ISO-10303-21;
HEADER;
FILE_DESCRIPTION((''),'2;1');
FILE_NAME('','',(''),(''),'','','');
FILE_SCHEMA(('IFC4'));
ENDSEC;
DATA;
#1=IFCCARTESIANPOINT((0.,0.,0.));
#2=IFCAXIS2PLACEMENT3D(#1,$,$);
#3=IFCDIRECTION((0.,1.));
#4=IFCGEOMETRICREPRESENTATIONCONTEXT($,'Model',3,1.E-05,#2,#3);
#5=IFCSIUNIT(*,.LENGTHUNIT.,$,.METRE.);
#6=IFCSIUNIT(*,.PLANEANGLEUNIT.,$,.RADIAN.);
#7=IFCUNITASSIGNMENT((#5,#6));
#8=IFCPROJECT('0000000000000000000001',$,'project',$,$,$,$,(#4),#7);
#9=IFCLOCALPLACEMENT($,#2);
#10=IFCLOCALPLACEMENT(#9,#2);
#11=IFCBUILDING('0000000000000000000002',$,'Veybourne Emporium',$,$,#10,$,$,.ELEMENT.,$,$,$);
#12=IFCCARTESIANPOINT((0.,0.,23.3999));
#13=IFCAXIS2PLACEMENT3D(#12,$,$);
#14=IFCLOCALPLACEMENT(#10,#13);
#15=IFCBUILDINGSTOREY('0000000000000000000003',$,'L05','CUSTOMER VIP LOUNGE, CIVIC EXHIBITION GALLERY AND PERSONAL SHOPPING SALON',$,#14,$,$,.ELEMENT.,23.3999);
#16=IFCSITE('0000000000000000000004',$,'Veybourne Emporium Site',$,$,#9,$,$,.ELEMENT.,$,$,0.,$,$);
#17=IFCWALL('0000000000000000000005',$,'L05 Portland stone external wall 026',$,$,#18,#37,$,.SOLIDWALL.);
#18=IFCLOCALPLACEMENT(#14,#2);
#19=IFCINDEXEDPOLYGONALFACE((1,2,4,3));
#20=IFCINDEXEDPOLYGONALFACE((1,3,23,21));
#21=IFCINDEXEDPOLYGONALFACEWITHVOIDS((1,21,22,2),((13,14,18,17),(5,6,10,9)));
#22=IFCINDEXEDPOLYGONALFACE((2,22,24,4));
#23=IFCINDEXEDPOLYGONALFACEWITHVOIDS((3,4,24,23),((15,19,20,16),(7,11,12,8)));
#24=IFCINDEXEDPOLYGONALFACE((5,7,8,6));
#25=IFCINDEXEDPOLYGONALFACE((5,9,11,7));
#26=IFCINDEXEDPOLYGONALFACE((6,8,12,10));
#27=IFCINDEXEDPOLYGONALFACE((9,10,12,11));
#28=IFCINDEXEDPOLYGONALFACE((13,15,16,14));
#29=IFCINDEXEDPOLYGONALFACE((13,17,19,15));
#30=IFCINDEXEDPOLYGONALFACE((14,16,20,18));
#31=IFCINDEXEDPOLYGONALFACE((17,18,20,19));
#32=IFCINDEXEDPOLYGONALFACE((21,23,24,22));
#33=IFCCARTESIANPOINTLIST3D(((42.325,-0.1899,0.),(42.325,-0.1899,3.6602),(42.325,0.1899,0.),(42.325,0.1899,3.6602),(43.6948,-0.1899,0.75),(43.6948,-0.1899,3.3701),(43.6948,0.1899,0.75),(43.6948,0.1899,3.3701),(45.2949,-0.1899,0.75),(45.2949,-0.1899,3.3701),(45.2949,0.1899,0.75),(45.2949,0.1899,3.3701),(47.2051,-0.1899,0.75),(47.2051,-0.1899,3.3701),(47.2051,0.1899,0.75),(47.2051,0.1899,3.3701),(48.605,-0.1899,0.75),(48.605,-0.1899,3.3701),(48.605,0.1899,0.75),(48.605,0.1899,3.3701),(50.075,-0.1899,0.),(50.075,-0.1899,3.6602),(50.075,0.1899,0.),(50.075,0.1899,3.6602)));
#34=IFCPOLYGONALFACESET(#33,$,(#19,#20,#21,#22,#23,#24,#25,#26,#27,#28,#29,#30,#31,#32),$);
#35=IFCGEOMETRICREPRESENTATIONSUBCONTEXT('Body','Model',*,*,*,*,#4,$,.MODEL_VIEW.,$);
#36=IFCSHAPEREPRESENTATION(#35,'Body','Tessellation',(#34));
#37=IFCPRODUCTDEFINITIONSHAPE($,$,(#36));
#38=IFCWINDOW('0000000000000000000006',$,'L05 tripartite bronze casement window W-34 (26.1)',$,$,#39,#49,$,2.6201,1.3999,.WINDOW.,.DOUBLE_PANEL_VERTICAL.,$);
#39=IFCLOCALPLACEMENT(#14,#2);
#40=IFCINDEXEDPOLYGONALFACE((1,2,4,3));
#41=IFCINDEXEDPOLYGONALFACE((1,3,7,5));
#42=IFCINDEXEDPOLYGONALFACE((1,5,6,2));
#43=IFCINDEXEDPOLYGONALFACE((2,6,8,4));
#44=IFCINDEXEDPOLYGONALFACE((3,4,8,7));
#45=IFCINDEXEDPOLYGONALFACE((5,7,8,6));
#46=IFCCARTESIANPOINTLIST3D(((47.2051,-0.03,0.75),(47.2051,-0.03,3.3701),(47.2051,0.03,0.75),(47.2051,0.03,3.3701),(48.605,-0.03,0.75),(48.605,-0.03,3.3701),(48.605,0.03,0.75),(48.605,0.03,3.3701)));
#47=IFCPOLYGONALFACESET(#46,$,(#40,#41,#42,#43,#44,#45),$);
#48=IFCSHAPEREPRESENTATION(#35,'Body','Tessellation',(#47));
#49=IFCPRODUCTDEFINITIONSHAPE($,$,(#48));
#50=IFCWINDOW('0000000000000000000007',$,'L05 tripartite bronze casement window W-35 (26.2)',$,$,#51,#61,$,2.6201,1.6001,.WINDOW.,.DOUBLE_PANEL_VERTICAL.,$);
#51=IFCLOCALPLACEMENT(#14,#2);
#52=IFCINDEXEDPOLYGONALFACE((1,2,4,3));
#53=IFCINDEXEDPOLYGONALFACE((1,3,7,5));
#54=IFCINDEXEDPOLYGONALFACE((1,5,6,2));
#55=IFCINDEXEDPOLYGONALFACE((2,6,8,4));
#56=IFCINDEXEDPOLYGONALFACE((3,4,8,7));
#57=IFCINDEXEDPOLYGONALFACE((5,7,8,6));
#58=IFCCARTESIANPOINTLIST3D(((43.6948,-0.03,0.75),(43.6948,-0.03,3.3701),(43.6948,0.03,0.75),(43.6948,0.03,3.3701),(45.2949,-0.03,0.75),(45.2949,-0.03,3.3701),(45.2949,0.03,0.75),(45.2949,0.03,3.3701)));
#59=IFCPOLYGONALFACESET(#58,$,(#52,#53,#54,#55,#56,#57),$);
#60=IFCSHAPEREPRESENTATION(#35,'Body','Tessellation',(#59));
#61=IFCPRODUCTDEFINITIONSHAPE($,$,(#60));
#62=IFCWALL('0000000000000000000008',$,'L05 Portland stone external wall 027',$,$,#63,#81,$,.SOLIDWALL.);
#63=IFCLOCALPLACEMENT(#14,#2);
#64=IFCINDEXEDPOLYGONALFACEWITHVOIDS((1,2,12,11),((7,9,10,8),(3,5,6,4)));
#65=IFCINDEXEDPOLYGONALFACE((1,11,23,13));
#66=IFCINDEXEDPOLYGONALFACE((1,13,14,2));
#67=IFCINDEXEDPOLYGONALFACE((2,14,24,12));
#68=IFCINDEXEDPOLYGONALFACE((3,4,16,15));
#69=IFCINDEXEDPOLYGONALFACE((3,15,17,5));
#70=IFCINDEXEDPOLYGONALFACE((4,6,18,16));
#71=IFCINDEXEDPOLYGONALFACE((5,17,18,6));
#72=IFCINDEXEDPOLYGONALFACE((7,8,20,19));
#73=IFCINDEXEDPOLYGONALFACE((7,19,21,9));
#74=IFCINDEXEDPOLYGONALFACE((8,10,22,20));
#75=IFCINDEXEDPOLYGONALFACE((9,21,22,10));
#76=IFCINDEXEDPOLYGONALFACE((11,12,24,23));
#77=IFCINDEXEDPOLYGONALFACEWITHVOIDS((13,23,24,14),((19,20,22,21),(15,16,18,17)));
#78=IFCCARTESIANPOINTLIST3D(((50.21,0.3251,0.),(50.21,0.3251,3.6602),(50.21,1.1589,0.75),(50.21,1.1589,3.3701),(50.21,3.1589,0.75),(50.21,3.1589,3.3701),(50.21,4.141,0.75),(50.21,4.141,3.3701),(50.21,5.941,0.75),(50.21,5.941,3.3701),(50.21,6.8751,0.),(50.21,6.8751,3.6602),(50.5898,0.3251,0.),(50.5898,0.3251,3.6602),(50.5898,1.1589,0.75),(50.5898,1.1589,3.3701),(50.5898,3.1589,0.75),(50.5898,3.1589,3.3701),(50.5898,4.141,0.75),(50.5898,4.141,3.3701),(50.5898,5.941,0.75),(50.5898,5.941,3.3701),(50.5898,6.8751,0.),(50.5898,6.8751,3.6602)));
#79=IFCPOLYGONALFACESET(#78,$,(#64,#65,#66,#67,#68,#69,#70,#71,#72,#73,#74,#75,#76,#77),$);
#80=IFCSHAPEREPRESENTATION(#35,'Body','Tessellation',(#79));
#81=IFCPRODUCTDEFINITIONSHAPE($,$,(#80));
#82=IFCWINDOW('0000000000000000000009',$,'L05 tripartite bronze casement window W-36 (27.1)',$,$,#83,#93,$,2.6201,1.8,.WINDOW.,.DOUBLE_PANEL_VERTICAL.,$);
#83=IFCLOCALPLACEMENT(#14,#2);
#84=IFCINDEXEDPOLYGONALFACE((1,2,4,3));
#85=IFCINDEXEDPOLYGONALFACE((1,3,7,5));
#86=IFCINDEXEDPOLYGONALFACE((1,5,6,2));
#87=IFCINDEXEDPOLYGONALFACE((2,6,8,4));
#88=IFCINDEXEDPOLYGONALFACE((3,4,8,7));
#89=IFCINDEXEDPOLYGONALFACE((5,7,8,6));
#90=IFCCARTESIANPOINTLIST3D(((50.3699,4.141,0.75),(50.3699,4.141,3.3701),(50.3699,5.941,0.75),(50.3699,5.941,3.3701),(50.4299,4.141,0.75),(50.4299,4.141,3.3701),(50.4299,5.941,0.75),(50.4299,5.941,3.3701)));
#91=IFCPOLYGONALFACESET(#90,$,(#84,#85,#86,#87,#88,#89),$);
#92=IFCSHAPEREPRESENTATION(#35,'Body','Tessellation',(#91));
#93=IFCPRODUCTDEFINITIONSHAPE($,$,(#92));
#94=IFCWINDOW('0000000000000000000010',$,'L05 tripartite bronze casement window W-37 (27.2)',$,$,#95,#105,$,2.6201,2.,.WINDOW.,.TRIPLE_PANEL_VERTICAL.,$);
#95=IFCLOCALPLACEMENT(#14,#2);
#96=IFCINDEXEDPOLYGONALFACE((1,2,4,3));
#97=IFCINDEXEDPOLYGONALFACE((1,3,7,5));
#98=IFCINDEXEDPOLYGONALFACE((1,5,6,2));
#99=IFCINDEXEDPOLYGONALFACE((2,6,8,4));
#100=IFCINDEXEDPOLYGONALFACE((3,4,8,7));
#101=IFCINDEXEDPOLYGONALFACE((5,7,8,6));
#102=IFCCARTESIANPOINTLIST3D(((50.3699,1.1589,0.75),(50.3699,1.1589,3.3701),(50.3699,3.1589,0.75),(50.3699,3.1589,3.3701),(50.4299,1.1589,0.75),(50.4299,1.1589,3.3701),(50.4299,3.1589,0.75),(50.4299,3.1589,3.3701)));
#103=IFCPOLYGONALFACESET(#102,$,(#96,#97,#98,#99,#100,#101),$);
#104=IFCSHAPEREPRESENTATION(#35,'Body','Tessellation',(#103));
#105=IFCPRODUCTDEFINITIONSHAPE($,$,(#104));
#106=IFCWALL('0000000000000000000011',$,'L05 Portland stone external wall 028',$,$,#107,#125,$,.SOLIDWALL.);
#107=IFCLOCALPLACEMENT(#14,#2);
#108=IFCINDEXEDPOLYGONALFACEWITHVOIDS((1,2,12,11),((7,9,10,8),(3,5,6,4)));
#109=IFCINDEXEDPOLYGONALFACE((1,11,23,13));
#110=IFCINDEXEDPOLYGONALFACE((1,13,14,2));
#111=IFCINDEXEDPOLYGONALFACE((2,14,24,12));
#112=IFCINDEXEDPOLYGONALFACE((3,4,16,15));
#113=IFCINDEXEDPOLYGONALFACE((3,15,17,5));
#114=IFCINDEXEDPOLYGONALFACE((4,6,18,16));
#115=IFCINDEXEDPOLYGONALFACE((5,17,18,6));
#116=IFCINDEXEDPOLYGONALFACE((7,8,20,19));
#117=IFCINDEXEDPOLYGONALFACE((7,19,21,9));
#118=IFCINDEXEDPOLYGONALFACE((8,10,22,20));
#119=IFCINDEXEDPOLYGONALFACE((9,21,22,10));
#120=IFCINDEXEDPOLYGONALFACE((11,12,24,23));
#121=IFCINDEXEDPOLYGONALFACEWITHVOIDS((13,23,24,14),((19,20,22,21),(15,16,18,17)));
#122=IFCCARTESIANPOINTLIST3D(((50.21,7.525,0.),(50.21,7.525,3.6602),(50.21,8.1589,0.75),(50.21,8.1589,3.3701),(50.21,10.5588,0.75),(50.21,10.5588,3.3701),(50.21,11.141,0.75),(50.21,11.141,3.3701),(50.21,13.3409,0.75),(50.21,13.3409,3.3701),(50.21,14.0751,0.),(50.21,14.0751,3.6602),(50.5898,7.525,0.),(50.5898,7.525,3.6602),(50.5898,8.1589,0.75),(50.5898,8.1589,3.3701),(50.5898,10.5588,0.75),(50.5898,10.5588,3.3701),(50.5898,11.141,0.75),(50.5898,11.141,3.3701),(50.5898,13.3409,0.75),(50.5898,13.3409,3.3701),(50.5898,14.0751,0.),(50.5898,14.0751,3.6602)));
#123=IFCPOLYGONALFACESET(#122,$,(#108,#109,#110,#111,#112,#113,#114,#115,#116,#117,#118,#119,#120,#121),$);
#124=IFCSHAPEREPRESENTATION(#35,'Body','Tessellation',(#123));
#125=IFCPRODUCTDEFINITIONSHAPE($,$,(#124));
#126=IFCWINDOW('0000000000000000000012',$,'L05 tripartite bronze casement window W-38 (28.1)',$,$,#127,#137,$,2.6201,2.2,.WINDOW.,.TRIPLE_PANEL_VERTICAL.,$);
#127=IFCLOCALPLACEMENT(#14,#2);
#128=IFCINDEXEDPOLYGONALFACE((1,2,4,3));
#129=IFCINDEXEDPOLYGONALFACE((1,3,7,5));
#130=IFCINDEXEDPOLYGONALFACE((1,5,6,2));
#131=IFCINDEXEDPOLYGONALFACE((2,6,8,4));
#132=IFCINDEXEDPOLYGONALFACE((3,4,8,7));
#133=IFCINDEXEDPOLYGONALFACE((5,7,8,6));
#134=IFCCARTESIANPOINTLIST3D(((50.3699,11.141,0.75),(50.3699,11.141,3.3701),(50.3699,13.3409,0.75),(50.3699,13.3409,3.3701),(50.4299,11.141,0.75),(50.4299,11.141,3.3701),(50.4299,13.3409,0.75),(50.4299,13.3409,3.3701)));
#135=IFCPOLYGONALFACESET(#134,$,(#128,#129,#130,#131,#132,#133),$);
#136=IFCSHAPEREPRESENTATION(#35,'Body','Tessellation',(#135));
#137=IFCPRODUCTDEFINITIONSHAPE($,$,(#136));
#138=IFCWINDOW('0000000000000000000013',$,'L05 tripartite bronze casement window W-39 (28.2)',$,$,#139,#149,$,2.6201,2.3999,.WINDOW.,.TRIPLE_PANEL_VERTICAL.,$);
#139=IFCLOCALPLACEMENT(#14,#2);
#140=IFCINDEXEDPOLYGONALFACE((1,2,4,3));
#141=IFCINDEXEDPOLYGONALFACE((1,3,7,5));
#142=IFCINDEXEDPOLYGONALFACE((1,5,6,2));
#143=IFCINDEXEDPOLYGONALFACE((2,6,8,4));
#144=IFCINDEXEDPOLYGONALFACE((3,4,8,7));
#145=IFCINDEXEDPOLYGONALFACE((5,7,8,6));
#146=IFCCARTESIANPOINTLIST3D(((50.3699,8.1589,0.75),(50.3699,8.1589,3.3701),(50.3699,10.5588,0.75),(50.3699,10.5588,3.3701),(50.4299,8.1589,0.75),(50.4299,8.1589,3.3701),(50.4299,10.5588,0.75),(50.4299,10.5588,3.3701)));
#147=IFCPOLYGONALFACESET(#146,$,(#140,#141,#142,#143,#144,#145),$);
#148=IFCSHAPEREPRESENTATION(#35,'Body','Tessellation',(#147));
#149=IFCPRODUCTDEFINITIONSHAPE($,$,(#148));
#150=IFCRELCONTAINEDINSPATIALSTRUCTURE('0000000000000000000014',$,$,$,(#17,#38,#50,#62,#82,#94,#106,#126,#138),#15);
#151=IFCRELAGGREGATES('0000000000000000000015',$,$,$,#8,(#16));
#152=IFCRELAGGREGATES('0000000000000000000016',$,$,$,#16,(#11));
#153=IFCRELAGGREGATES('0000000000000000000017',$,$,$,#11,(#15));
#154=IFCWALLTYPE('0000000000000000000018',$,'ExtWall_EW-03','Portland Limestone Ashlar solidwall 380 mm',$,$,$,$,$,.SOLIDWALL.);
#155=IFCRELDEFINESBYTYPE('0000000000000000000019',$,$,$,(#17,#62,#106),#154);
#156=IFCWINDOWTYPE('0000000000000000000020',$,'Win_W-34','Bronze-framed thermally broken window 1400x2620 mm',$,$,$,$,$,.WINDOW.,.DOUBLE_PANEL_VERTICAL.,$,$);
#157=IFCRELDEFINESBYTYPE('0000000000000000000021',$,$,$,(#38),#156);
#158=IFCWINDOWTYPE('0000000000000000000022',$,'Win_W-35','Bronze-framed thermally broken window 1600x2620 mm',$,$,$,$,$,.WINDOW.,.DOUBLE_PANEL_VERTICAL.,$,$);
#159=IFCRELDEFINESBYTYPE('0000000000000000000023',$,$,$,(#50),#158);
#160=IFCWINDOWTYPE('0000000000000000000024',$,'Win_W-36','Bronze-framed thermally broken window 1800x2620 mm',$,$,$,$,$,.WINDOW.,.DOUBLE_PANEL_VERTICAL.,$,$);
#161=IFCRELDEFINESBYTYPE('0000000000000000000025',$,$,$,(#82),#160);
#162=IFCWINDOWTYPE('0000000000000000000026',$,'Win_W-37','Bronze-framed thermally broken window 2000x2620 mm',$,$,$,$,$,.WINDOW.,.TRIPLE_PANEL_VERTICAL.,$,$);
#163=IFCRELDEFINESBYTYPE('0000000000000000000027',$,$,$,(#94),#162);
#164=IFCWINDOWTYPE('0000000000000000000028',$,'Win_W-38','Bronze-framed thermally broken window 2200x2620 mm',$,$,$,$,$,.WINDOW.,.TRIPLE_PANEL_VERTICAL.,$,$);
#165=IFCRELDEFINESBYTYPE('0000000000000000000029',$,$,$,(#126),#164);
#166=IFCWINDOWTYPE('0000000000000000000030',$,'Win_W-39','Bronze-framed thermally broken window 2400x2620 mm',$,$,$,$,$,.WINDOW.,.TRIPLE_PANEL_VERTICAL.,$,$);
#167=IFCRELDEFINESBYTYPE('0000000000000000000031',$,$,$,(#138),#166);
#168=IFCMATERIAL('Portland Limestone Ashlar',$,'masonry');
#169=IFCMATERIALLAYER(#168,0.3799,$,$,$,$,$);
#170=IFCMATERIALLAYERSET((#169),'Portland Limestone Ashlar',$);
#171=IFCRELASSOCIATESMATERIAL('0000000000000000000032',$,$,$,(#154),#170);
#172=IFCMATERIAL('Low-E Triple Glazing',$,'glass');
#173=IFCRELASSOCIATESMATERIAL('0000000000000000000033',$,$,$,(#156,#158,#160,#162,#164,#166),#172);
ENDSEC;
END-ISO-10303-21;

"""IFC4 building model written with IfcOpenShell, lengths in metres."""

from ifc_helpers import new_model, si_unit, direction, frame, frame_2d, origin, place, context, subcontext, project, spatial, rectangle, extrude, material, layer, layer_set, type_object, element, fill, save


model = new_model("IFC4")

# Units and contexts
model_context = context("Model", 3, precision=1e-05, world=origin(), true_north=direction((0.0, 1.0)))
body_context = subcontext(model_context, "Body", "Model", "MODEL_VIEW")
ifc_project = project(units=[si_unit("LENGTHUNIT", "METRE"), si_unit("PLANEANGLEUNIT", "RADIAN")], contexts=[model_context])

# Site, building, storey
site_placement = place(None, origin())
site = spatial("IfcSite", under=ifc_project, at=site_placement, Name="Veybourne Emporium Site", CompositionType="ELEMENT", RefElevation=0.0)
building_placement = place(site_placement, origin())
building = spatial("IfcBuilding", under=site, at=building_placement, Name="Veybourne Emporium", CompositionType="ELEMENT")
storey_placement = place(building_placement, frame((0.0, 0.0, 23.3999)))
storey = spatial("IfcBuildingStorey", under=building, at=storey_placement, Name="L05", Description="CUSTOMER VIP LOUNGE, CIVIC EXHIBITION GALLERY AND PERSONAL SHOPPING SALON", CompositionType="ELEMENT", Elevation=23.3999)

# Walls, openings, windows
ifc_material_1 = material(Name="Portland Limestone Ashlar", Category="masonry")
ifc_layer_1 = layer(ifc_material_1, 0.3799)
ifc_layer_set_1 = layer_set([ifc_layer_1], Name="Portland Limestone Ashlar")
wall_type = type_object("IfcWallType", Name="ExtWall_EW-03", Description="Portland Limestone Ashlar solidwall 380 mm", PredefinedType="SOLIDWALL", material=ifc_layer_set_1)
ifc_material_2 = material(Name="Low-E Triple Glazing", Category="glass")
wall_1_placement = place(storey_placement, frame((50.075, 0.0, 0.0), z_axis=(0.0, 0.0, 1.0), x_axis=(-1.0, 0.0, 0.0)))
wall_1 = element("IfcWall", 1, at=wall_1_placement, inside=storey, type_object=wall_type, Name="L05 Portland stone external wall 026", PredefinedType="SOLIDWALL", context=body_context, shape_type="SweptSolid", body=[
    extrude(rectangle(XDim=7.75, YDim=0.3799, at=frame_2d((3.875, 0.0))), origin(), (0.0, 0.0, 1.0), 3.6602),
])
opening_1_placement = place(wall_1_placement, frame((1.47, 0.0, 0.75)))
opening_1 = element("IfcOpeningElement", 2, at=opening_1_placement, cuts=wall_1, PredefinedType="OPENING", context=body_context, shape_type="SweptSolid", body=[
    extrude(rectangle(XDim=1.3999, YDim=2.6201, at=frame_2d((0.7, 1.3101))), frame((0.0, 0.21, 0.0), z_axis=(0.0, -1.0, 0.0), x_axis=(1.0, 0.0, 0.0)), (0.0, 0.0, 1.0), 0.4199),
])
opening_2_placement = place(wall_1_placement, frame((4.78, 0.0, 0.75)))
opening_2 = element("IfcOpeningElement", 3, at=opening_2_placement, cuts=wall_1, PredefinedType="OPENING", context=body_context, shape_type="SweptSolid", body=[
    extrude(rectangle(XDim=1.6001, YDim=2.6201, at=frame_2d((0.8, 1.3101))), frame((0.0, 0.21, 0.0), z_axis=(0.0, -1.0, 0.0), x_axis=(1.0, 0.0, 0.0)), (0.0, 0.0, 1.0), 0.4199),
])
window_type_1 = type_object("IfcWindowType", Name="Win_W-34", Description="Bronze-framed thermally broken window 1400x2620 mm", PartitioningType="DOUBLE_PANEL_VERTICAL", PredefinedType="WINDOW", material=ifc_material_2)
window_1_placement = place(opening_1_placement, origin())
window_1 = element("IfcWindow", 4, at=window_1_placement, inside=storey, type_object=window_type_1, Name="L05 tripartite bronze casement window W-34 (26.1)", OverallHeight=2.6201, OverallWidth=1.3999, PartitioningType="DOUBLE_PANEL_VERTICAL", PredefinedType="WINDOW", context=body_context, shape_type="SweptSolid", body=[
    extrude(rectangle(XDim=1.3999, YDim=2.6201, at=frame_2d((0.7, 1.3101))), frame((0.0, 0.03, 0.0), z_axis=(0.0, -1.0, 0.0), x_axis=(1.0, 0.0, 0.0)), (0.0, 0.0, 1.0), 0.0601),
])
fill(opening_1, window_1)
window_type_2 = type_object("IfcWindowType", Name="Win_W-35", Description="Bronze-framed thermally broken window 1600x2620 mm", PartitioningType="DOUBLE_PANEL_VERTICAL", PredefinedType="WINDOW", material=ifc_material_2)
window_2_placement = place(opening_2_placement, origin())
window_2 = element("IfcWindow", 5, at=window_2_placement, inside=storey, type_object=window_type_2, Name="L05 tripartite bronze casement window W-35 (26.2)", OverallHeight=2.6201, OverallWidth=1.6001, PartitioningType="DOUBLE_PANEL_VERTICAL", PredefinedType="WINDOW", context=body_context, shape_type="SweptSolid", body=[
    extrude(rectangle(XDim=1.6001, YDim=2.6201, at=frame_2d((0.8, 1.3101))), frame((0.0, 0.03, 0.0), z_axis=(0.0, -1.0, 0.0), x_axis=(1.0, 0.0, 0.0)), (0.0, 0.0, 1.0), 0.0601),
])
fill(opening_2, window_2)
wall_2_placement = place(storey_placement, frame((50.3999, 6.875, 0.0), z_axis=(0.0, 0.0, 1.0), x_axis=(0.0, -1.0, 0.0)))
wall_2 = element("IfcWall", 6, at=wall_2_placement, inside=storey, type_object=wall_type, Name="L05 Portland stone external wall 027", PredefinedType="SOLIDWALL", context=body_context, shape_type="SweptSolid", body=[
    extrude(rectangle(XDim=6.55, YDim=0.3799, at=frame_2d((3.2749, 0.0))), origin(), (0.0, 0.0, 1.0), 3.6602),
])
opening_3_placement = place(wall_2_placement, frame((0.9341, 0.0, 0.75)))
opening_3 = element("IfcOpeningElement", 7, at=opening_3_placement, cuts=wall_2, PredefinedType="OPENING", context=body_context, shape_type="SweptSolid", body=[
    extrude(rectangle(XDim=1.8, YDim=2.6201, at=frame_2d((0.8999, 1.3101))), frame((0.0, 0.21, 0.0), z_axis=(0.0, -1.0, 0.0), x_axis=(1.0, 0.0, 0.0)), (0.0, 0.0, 1.0), 0.4199),
])
opening_4_placement = place(wall_2_placement, frame((3.7161, 0.0, 0.75)))
opening_4 = element("IfcOpeningElement", 8, at=opening_4_placement, cuts=wall_2, PredefinedType="OPENING", context=body_context, shape_type="SweptSolid", body=[
    extrude(rectangle(XDim=2.0, YDim=2.6201, at=frame_2d((1.0, 1.3101))), frame((0.0, 0.21, 0.0), z_axis=(0.0, -1.0, 0.0), x_axis=(1.0, 0.0, 0.0)), (0.0, 0.0, 1.0), 0.4199),
])
window_type_3 = type_object("IfcWindowType", Name="Win_W-36", Description="Bronze-framed thermally broken window 1800x2620 mm", PartitioningType="DOUBLE_PANEL_VERTICAL", PredefinedType="WINDOW", material=ifc_material_2)
window_3_placement = place(opening_3_placement, origin())
window_3 = element("IfcWindow", 9, at=window_3_placement, inside=storey, type_object=window_type_3, Name="L05 tripartite bronze casement window W-36 (27.1)", OverallHeight=2.6201, OverallWidth=1.8, PartitioningType="DOUBLE_PANEL_VERTICAL", PredefinedType="WINDOW", context=body_context, shape_type="SweptSolid", body=[
    extrude(rectangle(XDim=1.8, YDim=2.6201, at=frame_2d((0.8999, 1.3101))), frame((0.0, 0.03, 0.0), z_axis=(0.0, -1.0, 0.0), x_axis=(1.0, 0.0, 0.0)), (0.0, 0.0, 1.0), 0.0601),
])
fill(opening_3, window_3)
window_type_4 = type_object("IfcWindowType", Name="Win_W-37", Description="Bronze-framed thermally broken window 2000x2620 mm", PartitioningType="TRIPLE_PANEL_VERTICAL", PredefinedType="WINDOW", material=ifc_material_2)
window_4_placement = place(opening_4_placement, origin())
window_4 = element("IfcWindow", 10, at=window_4_placement, inside=storey, type_object=window_type_4, Name="L05 tripartite bronze casement window W-37 (27.2)", OverallHeight=2.6201, OverallWidth=2.0, PartitioningType="TRIPLE_PANEL_VERTICAL", PredefinedType="WINDOW", context=body_context, shape_type="SweptSolid", body=[
    extrude(rectangle(XDim=2.0, YDim=2.6201, at=frame_2d((1.0, 1.3101))), frame((0.0, 0.03, 0.0), z_axis=(0.0, -1.0, 0.0), x_axis=(1.0, 0.0, 0.0)), (0.0, 0.0, 1.0), 0.0601),
])
fill(opening_4, window_4)
wall_3_placement = place(storey_placement, frame((50.3999, 14.075, 0.0), z_axis=(0.0, 0.0, 1.0), x_axis=(0.0, -1.0, 0.0)))
wall_3 = element("IfcWall", 11, at=wall_3_placement, inside=storey, type_object=wall_type, Name="L05 Portland stone external wall 028", PredefinedType="SOLIDWALL", context=body_context, shape_type="SweptSolid", body=[
    extrude(rectangle(XDim=6.55, YDim=0.3799, at=frame_2d((3.2749, 0.0))), origin(), (0.0, 0.0, 1.0), 3.6602),
])
opening_5_placement = place(wall_3_placement, frame((0.7339, 0.0, 0.75)))
opening_5 = element("IfcOpeningElement", 12, at=opening_5_placement, cuts=wall_3, PredefinedType="OPENING", context=body_context, shape_type="SweptSolid", body=[
    extrude(rectangle(XDim=2.2, YDim=2.6201, at=frame_2d((1.1001, 1.3101))), frame((0.0, 0.21, 0.0), z_axis=(0.0, -1.0, 0.0), x_axis=(1.0, 0.0, 0.0)), (0.0, 0.0, 1.0), 0.4199),
])
opening_6_placement = place(wall_3_placement, frame((3.5161, 0.0, 0.75)))
opening_6 = element("IfcOpeningElement", 13, at=opening_6_placement, cuts=wall_3, PredefinedType="OPENING", context=body_context, shape_type="SweptSolid", body=[
    extrude(rectangle(XDim=2.3999, YDim=2.6201, at=frame_2d((1.2, 1.3101))), frame((0.0, 0.21, 0.0), z_axis=(0.0, -1.0, 0.0), x_axis=(1.0, 0.0, 0.0)), (0.0, 0.0, 1.0), 0.4199),
])
window_type_5 = type_object("IfcWindowType", Name="Win_W-38", Description="Bronze-framed thermally broken window 2200x2620 mm", PartitioningType="TRIPLE_PANEL_VERTICAL", PredefinedType="WINDOW", material=ifc_material_2)
window_5_placement = place(opening_5_placement, origin())
window_5 = element("IfcWindow", 14, at=window_5_placement, inside=storey, type_object=window_type_5, Name="L05 tripartite bronze casement window W-38 (28.1)", OverallHeight=2.6201, OverallWidth=2.2, PartitioningType="TRIPLE_PANEL_VERTICAL", PredefinedType="WINDOW", context=body_context, shape_type="SweptSolid", body=[
    extrude(rectangle(XDim=2.2, YDim=2.6201, at=frame_2d((1.1001, 1.3101))), frame((0.0, 0.03, 0.0), z_axis=(0.0, -1.0, 0.0), x_axis=(1.0, 0.0, 0.0)), (0.0, 0.0, 1.0), 0.0601),
])
fill(opening_5, window_5)
window_type_6 = type_object("IfcWindowType", Name="Win_W-39", Description="Bronze-framed thermally broken window 2400x2620 mm", PartitioningType="TRIPLE_PANEL_VERTICAL", PredefinedType="WINDOW", material=ifc_material_2)
window_6_placement = place(opening_6_placement, origin())
window_6 = element("IfcWindow", 15, at=window_6_placement, inside=storey, type_object=window_type_6, Name="L05 tripartite bronze casement window W-39 (28.2)", OverallHeight=2.6201, OverallWidth=2.3999, PartitioningType="TRIPLE_PANEL_VERTICAL", PredefinedType="WINDOW", context=body_context, shape_type="SweptSolid", body=[
    extrude(rectangle(XDim=2.3999, YDim=2.6201, at=frame_2d((1.2, 1.3101))), frame((0.0, 0.03, 0.0), z_axis=(0.0, -1.0, 0.0), x_axis=(1.0, 0.0, 0.0)), (0.0, 0.0, 1.0), 0.0601),
])
fill(opening_6, window_6)

save(model, "model.ifc")
